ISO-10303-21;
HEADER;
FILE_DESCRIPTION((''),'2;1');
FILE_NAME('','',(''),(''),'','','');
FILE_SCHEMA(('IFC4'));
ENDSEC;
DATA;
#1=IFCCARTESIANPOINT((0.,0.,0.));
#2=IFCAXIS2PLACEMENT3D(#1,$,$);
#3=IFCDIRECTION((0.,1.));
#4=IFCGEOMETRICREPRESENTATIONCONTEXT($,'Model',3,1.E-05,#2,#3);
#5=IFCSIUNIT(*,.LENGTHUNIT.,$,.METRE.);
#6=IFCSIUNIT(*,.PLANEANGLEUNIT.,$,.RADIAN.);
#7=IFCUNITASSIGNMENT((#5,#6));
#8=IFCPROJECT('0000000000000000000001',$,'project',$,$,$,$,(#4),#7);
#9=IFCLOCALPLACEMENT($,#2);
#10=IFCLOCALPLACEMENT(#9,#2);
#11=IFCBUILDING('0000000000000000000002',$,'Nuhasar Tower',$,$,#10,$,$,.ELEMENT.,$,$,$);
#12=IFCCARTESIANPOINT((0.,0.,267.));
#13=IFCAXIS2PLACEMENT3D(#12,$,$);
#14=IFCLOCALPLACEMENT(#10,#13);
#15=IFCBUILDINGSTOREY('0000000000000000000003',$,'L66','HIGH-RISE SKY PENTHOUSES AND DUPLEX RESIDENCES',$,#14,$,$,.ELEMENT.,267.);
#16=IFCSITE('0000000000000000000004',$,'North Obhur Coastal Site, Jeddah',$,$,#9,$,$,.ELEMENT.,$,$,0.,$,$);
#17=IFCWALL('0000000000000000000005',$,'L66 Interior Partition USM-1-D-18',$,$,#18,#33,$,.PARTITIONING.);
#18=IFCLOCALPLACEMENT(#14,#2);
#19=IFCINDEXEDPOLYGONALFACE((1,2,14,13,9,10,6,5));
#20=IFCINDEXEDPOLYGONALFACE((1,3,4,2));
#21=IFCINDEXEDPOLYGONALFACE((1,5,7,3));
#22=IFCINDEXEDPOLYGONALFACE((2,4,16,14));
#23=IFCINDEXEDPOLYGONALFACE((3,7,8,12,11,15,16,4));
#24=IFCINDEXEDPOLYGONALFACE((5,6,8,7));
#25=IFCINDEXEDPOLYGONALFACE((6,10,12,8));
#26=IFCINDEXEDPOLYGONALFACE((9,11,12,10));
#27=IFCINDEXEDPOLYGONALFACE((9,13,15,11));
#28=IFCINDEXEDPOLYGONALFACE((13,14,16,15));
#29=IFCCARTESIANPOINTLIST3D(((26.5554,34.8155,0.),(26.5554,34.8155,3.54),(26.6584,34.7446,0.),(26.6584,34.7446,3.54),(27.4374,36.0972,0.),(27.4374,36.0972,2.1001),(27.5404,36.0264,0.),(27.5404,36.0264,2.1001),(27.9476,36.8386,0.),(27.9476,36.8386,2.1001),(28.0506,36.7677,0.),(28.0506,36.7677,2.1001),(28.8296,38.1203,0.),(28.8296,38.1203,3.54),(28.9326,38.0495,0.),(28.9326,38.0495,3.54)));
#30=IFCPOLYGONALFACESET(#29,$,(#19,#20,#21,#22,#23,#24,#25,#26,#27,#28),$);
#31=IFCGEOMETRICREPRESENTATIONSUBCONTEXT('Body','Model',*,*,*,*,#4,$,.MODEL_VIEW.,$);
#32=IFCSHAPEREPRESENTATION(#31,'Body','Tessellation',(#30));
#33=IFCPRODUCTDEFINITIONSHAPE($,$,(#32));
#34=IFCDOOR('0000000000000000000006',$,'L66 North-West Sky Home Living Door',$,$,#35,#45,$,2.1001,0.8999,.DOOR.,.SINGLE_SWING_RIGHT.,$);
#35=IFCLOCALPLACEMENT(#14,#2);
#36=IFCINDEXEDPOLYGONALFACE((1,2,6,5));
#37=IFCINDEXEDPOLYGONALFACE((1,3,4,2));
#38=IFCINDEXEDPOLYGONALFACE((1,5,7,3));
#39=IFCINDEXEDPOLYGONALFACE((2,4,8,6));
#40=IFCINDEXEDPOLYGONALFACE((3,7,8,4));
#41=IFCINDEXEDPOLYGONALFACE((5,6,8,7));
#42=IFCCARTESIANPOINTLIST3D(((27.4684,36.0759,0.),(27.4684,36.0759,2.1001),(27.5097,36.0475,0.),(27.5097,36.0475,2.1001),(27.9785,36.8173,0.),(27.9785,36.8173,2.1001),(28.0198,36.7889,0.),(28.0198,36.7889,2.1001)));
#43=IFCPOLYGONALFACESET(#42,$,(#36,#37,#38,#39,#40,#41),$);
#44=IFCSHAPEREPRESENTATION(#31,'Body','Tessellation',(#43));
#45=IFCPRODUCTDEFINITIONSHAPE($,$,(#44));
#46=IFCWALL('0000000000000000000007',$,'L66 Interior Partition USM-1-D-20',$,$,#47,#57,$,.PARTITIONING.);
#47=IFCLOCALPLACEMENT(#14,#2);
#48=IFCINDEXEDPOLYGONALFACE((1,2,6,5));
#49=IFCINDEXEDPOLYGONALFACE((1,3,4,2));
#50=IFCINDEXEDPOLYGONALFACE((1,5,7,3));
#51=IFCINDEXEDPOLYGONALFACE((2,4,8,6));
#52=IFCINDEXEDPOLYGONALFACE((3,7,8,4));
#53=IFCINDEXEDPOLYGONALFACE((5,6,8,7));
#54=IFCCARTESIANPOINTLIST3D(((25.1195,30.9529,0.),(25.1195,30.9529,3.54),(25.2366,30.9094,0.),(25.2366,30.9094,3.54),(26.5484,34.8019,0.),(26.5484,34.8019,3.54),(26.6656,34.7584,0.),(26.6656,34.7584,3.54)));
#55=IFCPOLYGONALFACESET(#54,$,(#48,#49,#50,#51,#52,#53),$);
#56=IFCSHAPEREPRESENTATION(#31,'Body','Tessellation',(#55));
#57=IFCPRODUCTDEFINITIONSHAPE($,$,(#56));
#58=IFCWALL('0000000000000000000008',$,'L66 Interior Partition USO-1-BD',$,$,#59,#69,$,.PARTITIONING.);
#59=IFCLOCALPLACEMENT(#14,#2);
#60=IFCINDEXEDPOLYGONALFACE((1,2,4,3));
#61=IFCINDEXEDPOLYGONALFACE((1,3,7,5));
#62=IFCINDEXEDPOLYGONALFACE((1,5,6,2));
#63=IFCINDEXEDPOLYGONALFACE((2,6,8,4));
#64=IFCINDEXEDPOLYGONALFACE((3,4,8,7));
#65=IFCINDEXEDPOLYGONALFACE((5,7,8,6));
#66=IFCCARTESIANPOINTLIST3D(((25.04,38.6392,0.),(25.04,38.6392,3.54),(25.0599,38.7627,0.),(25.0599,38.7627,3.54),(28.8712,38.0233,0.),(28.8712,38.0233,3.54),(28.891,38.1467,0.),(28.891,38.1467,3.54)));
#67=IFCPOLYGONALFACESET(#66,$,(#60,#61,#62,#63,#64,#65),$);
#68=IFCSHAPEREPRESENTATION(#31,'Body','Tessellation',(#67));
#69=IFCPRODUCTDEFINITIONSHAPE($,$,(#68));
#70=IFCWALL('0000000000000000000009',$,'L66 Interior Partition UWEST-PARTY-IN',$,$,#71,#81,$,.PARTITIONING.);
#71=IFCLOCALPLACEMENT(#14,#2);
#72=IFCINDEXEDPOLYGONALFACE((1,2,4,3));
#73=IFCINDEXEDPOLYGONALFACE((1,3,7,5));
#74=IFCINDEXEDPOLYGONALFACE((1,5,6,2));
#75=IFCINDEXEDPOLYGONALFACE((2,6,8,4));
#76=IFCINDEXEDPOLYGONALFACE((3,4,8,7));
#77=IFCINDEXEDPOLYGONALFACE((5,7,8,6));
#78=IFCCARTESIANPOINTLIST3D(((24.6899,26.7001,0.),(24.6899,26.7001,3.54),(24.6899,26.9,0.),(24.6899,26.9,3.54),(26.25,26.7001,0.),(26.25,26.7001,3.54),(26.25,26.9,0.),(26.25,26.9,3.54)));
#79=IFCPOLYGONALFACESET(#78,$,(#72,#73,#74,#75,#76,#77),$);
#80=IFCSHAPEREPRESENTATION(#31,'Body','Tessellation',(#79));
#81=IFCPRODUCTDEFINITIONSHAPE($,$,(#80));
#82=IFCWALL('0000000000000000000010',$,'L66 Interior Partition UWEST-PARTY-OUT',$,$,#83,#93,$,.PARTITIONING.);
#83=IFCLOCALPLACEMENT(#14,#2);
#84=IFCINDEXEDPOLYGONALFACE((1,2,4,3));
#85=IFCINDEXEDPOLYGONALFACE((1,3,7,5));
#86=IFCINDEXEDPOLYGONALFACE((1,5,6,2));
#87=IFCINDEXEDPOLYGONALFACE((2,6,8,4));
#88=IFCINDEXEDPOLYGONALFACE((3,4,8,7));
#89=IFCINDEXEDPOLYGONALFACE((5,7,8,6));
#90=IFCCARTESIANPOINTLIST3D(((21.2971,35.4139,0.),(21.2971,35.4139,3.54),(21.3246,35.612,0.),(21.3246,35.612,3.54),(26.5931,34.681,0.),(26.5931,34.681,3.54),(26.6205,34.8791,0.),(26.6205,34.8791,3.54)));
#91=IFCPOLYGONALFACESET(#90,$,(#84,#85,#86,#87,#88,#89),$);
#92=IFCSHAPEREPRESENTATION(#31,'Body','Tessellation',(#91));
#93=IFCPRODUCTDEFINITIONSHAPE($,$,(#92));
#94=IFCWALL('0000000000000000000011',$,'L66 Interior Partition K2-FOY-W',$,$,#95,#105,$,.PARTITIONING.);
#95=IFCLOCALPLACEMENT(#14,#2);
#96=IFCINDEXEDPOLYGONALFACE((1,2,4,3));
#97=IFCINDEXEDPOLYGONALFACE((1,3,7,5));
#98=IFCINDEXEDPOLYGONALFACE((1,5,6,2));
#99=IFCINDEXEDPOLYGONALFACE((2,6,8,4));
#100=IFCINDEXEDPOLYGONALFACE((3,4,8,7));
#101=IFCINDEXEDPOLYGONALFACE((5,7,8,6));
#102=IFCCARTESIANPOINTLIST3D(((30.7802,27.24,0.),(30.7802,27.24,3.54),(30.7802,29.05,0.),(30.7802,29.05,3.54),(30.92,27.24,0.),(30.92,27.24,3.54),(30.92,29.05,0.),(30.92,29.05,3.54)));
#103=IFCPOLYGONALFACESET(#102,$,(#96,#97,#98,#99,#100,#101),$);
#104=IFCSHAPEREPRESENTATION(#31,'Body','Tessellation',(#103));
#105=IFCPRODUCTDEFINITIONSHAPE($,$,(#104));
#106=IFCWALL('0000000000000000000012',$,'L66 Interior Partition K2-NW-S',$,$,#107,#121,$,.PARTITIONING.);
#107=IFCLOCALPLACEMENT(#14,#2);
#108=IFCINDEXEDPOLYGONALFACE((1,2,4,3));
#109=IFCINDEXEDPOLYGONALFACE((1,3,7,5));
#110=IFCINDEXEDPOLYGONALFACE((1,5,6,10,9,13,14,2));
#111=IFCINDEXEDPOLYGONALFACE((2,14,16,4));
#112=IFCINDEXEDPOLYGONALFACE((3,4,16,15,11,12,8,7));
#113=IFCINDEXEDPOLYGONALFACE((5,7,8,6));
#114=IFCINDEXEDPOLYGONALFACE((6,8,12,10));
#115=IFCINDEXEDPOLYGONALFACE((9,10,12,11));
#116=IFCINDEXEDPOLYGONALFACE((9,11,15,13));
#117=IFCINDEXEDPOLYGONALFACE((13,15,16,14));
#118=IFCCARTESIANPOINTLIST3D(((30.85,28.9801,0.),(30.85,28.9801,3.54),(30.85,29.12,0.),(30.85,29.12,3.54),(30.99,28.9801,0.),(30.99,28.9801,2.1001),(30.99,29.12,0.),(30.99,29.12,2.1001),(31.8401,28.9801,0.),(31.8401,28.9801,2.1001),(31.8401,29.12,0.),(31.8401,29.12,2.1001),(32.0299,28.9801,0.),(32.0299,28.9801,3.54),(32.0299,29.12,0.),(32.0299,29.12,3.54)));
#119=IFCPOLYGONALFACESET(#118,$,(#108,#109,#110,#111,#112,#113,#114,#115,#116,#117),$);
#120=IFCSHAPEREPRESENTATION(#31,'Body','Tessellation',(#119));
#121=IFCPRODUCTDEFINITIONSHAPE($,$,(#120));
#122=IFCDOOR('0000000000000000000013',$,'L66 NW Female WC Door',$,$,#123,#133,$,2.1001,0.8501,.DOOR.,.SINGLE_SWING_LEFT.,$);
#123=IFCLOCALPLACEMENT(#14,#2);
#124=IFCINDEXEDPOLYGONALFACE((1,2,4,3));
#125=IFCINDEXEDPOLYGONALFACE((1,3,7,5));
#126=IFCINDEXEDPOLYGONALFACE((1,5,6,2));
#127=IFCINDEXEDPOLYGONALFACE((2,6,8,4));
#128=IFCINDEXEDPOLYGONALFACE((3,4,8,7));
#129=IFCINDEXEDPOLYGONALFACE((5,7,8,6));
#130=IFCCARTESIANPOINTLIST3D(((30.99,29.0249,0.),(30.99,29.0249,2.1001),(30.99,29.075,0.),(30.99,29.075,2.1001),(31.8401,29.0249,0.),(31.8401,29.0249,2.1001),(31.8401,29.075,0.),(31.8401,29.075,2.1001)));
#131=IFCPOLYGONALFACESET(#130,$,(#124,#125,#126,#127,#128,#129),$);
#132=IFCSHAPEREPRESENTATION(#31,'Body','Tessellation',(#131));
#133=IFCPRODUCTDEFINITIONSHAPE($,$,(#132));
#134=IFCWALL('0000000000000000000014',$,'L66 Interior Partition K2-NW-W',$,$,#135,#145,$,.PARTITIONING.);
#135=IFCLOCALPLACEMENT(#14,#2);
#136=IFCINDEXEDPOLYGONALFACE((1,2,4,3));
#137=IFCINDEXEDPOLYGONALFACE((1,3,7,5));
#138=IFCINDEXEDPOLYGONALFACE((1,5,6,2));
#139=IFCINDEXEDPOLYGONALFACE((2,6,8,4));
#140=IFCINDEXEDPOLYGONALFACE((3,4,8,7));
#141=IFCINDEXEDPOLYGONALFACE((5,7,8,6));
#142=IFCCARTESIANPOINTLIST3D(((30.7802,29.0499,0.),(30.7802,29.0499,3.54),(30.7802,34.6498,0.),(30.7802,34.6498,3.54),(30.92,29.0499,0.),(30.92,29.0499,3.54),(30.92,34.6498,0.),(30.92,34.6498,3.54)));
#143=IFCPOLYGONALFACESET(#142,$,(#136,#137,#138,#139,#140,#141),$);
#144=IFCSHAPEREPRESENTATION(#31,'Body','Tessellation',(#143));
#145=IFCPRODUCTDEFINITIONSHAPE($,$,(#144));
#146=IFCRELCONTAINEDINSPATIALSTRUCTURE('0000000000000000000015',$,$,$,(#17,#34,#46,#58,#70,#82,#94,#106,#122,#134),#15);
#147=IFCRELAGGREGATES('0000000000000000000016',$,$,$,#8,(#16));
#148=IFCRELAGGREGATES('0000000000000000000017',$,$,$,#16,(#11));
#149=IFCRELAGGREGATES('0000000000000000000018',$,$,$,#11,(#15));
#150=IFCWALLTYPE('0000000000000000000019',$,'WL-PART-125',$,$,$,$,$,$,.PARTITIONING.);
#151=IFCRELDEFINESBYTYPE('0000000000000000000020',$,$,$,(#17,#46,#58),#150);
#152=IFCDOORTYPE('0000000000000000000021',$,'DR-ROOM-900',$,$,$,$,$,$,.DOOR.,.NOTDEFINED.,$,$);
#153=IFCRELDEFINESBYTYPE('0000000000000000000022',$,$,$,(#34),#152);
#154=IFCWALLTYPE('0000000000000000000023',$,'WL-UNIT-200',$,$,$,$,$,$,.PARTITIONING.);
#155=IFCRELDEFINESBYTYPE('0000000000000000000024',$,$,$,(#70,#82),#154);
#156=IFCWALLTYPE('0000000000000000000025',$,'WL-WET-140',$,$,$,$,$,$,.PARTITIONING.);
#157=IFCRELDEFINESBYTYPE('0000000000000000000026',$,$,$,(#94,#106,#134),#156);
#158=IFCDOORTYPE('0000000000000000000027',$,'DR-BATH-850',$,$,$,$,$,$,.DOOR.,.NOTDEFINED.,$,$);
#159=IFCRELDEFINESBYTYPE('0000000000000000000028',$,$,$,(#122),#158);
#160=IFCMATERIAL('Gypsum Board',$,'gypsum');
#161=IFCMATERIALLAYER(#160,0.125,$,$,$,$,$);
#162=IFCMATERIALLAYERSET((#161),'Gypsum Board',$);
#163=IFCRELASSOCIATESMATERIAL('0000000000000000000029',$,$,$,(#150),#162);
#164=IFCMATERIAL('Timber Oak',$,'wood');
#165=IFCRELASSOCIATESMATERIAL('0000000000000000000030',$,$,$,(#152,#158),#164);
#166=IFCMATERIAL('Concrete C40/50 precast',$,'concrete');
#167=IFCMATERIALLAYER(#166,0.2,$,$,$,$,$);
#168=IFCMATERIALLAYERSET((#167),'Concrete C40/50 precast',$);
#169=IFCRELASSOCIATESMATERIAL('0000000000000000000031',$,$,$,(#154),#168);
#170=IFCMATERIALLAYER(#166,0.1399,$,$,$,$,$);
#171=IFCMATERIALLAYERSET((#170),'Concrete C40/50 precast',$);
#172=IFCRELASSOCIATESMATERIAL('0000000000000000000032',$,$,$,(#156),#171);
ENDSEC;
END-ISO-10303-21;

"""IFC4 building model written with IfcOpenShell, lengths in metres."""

from ifc_helpers import new_model, si_unit, direction, frame, frame_2d, origin, place, context, subcontext, project, spatial, rectangle, extrude, material, layer, layer_set, type_object, element, fill, save


model = new_model("IFC4")

# Units and contexts
model_context = context("Model", 3, precision=1e-05, world=origin(), true_north=direction((0.0, 1.0)))
body_context = subcontext(model_context, "Body", "Model", "MODEL_VIEW")
ifc_project = project(units=[si_unit("LENGTHUNIT", "METRE"), si_unit("PLANEANGLEUNIT", "RADIAN")], contexts=[model_context])

# Site, building, storey
site_placement = place(None, origin())
site = spatial("IfcSite", under=ifc_project, at=site_placement, Name="North Obhur Coastal Site, Jeddah", CompositionType="ELEMENT", RefElevation=0.0)
building_placement = place(site_placement, origin())
building = spatial("IfcBuilding", under=site, at=building_placement, Name="Nuhasar Tower", CompositionType="ELEMENT")
storey_placement = place(building_placement, frame((0.0, 0.0, 267.0)))
storey = spatial("IfcBuildingStorey", under=building, at=storey_placement, Name="L66", Description="HIGH-RISE SKY PENTHOUSES AND DUPLEX RESIDENCES", CompositionType="ELEMENT", Elevation=267.0)

# Shared definitions
ifc_material_1 = material(Name="Gypsum Board", Category="gypsum")
ifc_material_2 = material(Name="Timber Oak", Category="wood")

# Wall, opening, door
ifc_layer_1 = layer(ifc_material_1, 0.125)
ifc_layer_set_1 = layer_set([ifc_layer_1], Name="Gypsum Board")
wall_type_1 = type_object("IfcWallType", Name="WL-PART-125", PredefinedType="PARTITIONING", material=ifc_layer_set_1)
door_type_1 = type_object("IfcDoorType", Name="DR-ROOM-900", OperationType="NOTDEFINED", PredefinedType="DOOR", material=ifc_material_2)
wall_1_placement = place(storey_placement, frame((26.6069, 34.78, 0.0), z_axis=(0.0, 0.0, 1.0), x_axis=(0.566872, 0.823806, 0.0)))
wall_1 = element("IfcWall", 1, at=wall_1_placement, inside=storey, type_object=wall_type_1, Name="L66 Interior Partition USM-1-D-18", PredefinedType="PARTITIONING", context=body_context, shape_type="SweptSolid", body=[
    extrude(rectangle(XDim=4.0117, YDim=0.125, at=frame_2d((2.0059, 0.0))), origin(), (0.0, 0.0, 1.0), 3.54),
])
opening_1_placement = place(wall_1_placement, frame((1.5559, 0.0, 0.0)))
opening_1 = element("IfcOpeningElement", 2, at=opening_1_placement, cuts=wall_1, PredefinedType="OPENING", context=body_context, shape_type="SweptSolid", body=[
    extrude(rectangle(XDim=0.8999, YDim=2.1001, at=frame_2d((0.45, 1.05))), frame((0.0, 0.0725, 0.0), z_axis=(0.0, -1.0, 0.0), x_axis=(1.0, 0.0, 0.0)), (0.0, 0.0, 1.0), 0.145),
])
door_1_placement = place(opening_1_placement, origin())
door_1 = element("IfcDoor", 3, at=door_1_placement, inside=storey, type_object=door_type_1, Name="L66 North-West Sky Home Living Door", OperationType="SINGLE_SWING_RIGHT", OverallHeight=2.1001, OverallWidth=0.8999, PredefinedType="DOOR", context=body_context, shape_type="SweptSolid", body=[
    extrude(rectangle(XDim=0.8999, YDim=2.1001, at=frame_2d((0.45, 1.05))), frame((0.0, 0.0249, 0.0), z_axis=(0.0, -1.0, 0.0), x_axis=(1.0, 0.0, 0.0)), (0.0, 0.0, 1.0), 0.05),
])
fill(opening_1, door_1)

# Walls
wall_2_placement = place(storey_placement, frame((26.6069, 34.78, 0.0), z_axis=(0.0, 0.0, 1.0), x_axis=(-0.348033, -0.937482, 0.0)))
element("IfcWall", 4, at=wall_2_placement, inside=storey, type_object=wall_type_1, Name="L66 Interior Partition USM-1-D-20", PredefinedType="PARTITIONING", context=body_context, shape_type="SweptSolid", body=[
    extrude(rectangle(XDim=4.1057, YDim=0.125, at=frame_2d((2.0527, 0.0))), origin(), (0.0, 0.0, 1.0), 3.54),
])
wall_3_placement = place(storey_placement, frame((28.8811, 38.085, 0.0), z_axis=(0.0, 0.0, 1.0), x_axis=(-0.98732, 0.158744, 0.0)))
element("IfcWall", 5, at=wall_3_placement, inside=storey, type_object=wall_type_1, Name="L66 Interior Partition USO-1-BD", PredefinedType="PARTITIONING", context=body_context, shape_type="SweptSolid", body=[
    extrude(rectangle(XDim=3.8804, YDim=0.125, at=frame_2d((1.9402, 0.0))), origin(), (0.0, 0.0, 1.0), 3.54),
])
ifc_material_3 = material(Name="Concrete C40/50 precast", Category="concrete")
ifc_layer_2 = layer(ifc_material_3, 0.2)
ifc_layer_set_2 = layer_set([ifc_layer_2], Name="Concrete C40/50 precast")
wall_type_2 = type_object("IfcWallType", Name="WL-UNIT-200", PredefinedType="PARTITIONING", material=ifc_layer_set_2)
wall_4_placement = place(storey_placement, frame((26.25, 26.8, 0.0), z_axis=(0.0, 0.0, 1.0), x_axis=(-1.0, 0.0, 0.0)))
element("IfcWall", 6, at=wall_4_placement, inside=storey, type_object=wall_type_2, Name="L66 Interior Partition UWEST-PARTY-IN", PredefinedType="PARTITIONING", context=body_context, shape_type="SweptSolid", body=[
    extrude(rectangle(XDim=1.5601, YDim=0.2, at=frame_2d((0.78, 0.0))), origin(), (0.0, 0.0, 1.0), 3.54),
])
wall_5_placement = place(storey_placement, frame((26.6069, 34.78, 0.0), z_axis=(0.0, 0.0, 1.0), x_axis=(-0.990559, 0.137086, 0.0)))
element("IfcWall", 7, at=wall_5_placement, inside=storey, type_object=wall_type_2, Name="L66 Interior Partition UWEST-PARTY-OUT", PredefinedType="PARTITIONING", context=body_context, shape_type="SweptSolid", body=[
    extrude(rectangle(XDim=5.3464, YDim=0.2, at=frame_2d((2.6733, 0.0))), origin(), (0.0, 0.0, 1.0), 3.54),
])
ifc_layer_3 = layer(ifc_material_3, 0.1399)
ifc_layer_set_3 = layer_set([ifc_layer_3], Name="Concrete C40/50 precast")
wall_type_3 = type_object("IfcWallType", Name="WL-WET-140", PredefinedType="PARTITIONING", material=ifc_layer_set_3)
wall_6_placement = place(storey_placement, frame((30.8501, 27.24, 0.0), z_axis=(0.0, 0.0, 1.0), x_axis=(0.0, 1.0, 0.0)))
element("IfcWall", 8, at=wall_6_placement, inside=storey, type_object=wall_type_3, Name="L66 Interior Partition K2-FOY-W", PredefinedType="PARTITIONING", context=body_context, shape_type="SweptSolid", body=[
    extrude(rectangle(XDim=1.8101, YDim=0.1399, at=frame_2d((0.905, 0.0))), origin(), (0.0, 0.0, 1.0), 3.54),
])

# Wall, opening, door
wall_7_placement = place(storey_placement, frame((30.8501, 29.05, 0.0), z_axis=(0.0, 0.0, 1.0), x_axis=(1.0, 0.0, 0.0)))
wall_7 = element("IfcWall", 9, at=wall_7_placement, inside=storey, type_object=wall_type_3, Name="L66 Interior Partition K2-NW-S", PredefinedType="PARTITIONING", context=body_context, shape_type="SweptSolid", body=[
    extrude(rectangle(XDim=1.1799, YDim=0.1399, at=frame_2d((0.5898, 0.0))), origin(), (0.0, 0.0, 1.0), 3.54),
])
opening_2_placement = place(wall_7_placement, frame((0.1399, 0.0, 0.0)))
opening_2 = element("IfcOpeningElement", 10, at=opening_2_placement, cuts=wall_7, PredefinedType="OPENING", context=body_context, shape_type="SweptSolid", body=[
    extrude(rectangle(XDim=0.8501, YDim=2.1001, at=frame_2d((0.425, 1.05))), frame((0.0, 0.0801, 0.0), z_axis=(0.0, -1.0, 0.0), x_axis=(1.0, 0.0, 0.0)), (0.0, 0.0, 1.0), 0.1599),
])
door_type_2 = type_object("IfcDoorType", Name="DR-BATH-850", OperationType="NOTDEFINED", PredefinedType="DOOR", material=ifc_material_2)
door_2_placement = place(opening_2_placement, origin())
door_2 = element("IfcDoor", 11, at=door_2_placement, inside=storey, type_object=door_type_2, Name="L66 NW Female WC Door", OperationType="SINGLE_SWING_LEFT", OverallHeight=2.1001, OverallWidth=0.8501, PredefinedType="DOOR", context=body_context, shape_type="SweptSolid", body=[
    extrude(rectangle(XDim=0.8501, YDim=2.1001, at=frame_2d((0.425, 1.05))), frame((0.0, 0.0249, 0.0), z_axis=(0.0, -1.0, 0.0), x_axis=(1.0, 0.0, 0.0)), (0.0, 0.0, 1.0), 0.05),
])
fill(opening_2, door_2)

# Wall
wall_8_placement = place(storey_placement, frame((30.8501, 29.05, 0.0), z_axis=(0.0, 0.0, 1.0), x_axis=(0.0, 1.0, 0.0)))
element("IfcWall", 12, at=wall_8_placement, inside=storey, type_object=wall_type_3, Name="L66 Interior Partition K2-NW-W", PredefinedType="PARTITIONING", context=body_context, shape_type="SweptSolid", body=[
    extrude(rectangle(XDim=5.5999, YDim=0.1399, at=frame_2d((2.7998, 0.0))), origin(), (0.0, 0.0, 1.0), 3.54),
])

save(model, "model.ifc")
